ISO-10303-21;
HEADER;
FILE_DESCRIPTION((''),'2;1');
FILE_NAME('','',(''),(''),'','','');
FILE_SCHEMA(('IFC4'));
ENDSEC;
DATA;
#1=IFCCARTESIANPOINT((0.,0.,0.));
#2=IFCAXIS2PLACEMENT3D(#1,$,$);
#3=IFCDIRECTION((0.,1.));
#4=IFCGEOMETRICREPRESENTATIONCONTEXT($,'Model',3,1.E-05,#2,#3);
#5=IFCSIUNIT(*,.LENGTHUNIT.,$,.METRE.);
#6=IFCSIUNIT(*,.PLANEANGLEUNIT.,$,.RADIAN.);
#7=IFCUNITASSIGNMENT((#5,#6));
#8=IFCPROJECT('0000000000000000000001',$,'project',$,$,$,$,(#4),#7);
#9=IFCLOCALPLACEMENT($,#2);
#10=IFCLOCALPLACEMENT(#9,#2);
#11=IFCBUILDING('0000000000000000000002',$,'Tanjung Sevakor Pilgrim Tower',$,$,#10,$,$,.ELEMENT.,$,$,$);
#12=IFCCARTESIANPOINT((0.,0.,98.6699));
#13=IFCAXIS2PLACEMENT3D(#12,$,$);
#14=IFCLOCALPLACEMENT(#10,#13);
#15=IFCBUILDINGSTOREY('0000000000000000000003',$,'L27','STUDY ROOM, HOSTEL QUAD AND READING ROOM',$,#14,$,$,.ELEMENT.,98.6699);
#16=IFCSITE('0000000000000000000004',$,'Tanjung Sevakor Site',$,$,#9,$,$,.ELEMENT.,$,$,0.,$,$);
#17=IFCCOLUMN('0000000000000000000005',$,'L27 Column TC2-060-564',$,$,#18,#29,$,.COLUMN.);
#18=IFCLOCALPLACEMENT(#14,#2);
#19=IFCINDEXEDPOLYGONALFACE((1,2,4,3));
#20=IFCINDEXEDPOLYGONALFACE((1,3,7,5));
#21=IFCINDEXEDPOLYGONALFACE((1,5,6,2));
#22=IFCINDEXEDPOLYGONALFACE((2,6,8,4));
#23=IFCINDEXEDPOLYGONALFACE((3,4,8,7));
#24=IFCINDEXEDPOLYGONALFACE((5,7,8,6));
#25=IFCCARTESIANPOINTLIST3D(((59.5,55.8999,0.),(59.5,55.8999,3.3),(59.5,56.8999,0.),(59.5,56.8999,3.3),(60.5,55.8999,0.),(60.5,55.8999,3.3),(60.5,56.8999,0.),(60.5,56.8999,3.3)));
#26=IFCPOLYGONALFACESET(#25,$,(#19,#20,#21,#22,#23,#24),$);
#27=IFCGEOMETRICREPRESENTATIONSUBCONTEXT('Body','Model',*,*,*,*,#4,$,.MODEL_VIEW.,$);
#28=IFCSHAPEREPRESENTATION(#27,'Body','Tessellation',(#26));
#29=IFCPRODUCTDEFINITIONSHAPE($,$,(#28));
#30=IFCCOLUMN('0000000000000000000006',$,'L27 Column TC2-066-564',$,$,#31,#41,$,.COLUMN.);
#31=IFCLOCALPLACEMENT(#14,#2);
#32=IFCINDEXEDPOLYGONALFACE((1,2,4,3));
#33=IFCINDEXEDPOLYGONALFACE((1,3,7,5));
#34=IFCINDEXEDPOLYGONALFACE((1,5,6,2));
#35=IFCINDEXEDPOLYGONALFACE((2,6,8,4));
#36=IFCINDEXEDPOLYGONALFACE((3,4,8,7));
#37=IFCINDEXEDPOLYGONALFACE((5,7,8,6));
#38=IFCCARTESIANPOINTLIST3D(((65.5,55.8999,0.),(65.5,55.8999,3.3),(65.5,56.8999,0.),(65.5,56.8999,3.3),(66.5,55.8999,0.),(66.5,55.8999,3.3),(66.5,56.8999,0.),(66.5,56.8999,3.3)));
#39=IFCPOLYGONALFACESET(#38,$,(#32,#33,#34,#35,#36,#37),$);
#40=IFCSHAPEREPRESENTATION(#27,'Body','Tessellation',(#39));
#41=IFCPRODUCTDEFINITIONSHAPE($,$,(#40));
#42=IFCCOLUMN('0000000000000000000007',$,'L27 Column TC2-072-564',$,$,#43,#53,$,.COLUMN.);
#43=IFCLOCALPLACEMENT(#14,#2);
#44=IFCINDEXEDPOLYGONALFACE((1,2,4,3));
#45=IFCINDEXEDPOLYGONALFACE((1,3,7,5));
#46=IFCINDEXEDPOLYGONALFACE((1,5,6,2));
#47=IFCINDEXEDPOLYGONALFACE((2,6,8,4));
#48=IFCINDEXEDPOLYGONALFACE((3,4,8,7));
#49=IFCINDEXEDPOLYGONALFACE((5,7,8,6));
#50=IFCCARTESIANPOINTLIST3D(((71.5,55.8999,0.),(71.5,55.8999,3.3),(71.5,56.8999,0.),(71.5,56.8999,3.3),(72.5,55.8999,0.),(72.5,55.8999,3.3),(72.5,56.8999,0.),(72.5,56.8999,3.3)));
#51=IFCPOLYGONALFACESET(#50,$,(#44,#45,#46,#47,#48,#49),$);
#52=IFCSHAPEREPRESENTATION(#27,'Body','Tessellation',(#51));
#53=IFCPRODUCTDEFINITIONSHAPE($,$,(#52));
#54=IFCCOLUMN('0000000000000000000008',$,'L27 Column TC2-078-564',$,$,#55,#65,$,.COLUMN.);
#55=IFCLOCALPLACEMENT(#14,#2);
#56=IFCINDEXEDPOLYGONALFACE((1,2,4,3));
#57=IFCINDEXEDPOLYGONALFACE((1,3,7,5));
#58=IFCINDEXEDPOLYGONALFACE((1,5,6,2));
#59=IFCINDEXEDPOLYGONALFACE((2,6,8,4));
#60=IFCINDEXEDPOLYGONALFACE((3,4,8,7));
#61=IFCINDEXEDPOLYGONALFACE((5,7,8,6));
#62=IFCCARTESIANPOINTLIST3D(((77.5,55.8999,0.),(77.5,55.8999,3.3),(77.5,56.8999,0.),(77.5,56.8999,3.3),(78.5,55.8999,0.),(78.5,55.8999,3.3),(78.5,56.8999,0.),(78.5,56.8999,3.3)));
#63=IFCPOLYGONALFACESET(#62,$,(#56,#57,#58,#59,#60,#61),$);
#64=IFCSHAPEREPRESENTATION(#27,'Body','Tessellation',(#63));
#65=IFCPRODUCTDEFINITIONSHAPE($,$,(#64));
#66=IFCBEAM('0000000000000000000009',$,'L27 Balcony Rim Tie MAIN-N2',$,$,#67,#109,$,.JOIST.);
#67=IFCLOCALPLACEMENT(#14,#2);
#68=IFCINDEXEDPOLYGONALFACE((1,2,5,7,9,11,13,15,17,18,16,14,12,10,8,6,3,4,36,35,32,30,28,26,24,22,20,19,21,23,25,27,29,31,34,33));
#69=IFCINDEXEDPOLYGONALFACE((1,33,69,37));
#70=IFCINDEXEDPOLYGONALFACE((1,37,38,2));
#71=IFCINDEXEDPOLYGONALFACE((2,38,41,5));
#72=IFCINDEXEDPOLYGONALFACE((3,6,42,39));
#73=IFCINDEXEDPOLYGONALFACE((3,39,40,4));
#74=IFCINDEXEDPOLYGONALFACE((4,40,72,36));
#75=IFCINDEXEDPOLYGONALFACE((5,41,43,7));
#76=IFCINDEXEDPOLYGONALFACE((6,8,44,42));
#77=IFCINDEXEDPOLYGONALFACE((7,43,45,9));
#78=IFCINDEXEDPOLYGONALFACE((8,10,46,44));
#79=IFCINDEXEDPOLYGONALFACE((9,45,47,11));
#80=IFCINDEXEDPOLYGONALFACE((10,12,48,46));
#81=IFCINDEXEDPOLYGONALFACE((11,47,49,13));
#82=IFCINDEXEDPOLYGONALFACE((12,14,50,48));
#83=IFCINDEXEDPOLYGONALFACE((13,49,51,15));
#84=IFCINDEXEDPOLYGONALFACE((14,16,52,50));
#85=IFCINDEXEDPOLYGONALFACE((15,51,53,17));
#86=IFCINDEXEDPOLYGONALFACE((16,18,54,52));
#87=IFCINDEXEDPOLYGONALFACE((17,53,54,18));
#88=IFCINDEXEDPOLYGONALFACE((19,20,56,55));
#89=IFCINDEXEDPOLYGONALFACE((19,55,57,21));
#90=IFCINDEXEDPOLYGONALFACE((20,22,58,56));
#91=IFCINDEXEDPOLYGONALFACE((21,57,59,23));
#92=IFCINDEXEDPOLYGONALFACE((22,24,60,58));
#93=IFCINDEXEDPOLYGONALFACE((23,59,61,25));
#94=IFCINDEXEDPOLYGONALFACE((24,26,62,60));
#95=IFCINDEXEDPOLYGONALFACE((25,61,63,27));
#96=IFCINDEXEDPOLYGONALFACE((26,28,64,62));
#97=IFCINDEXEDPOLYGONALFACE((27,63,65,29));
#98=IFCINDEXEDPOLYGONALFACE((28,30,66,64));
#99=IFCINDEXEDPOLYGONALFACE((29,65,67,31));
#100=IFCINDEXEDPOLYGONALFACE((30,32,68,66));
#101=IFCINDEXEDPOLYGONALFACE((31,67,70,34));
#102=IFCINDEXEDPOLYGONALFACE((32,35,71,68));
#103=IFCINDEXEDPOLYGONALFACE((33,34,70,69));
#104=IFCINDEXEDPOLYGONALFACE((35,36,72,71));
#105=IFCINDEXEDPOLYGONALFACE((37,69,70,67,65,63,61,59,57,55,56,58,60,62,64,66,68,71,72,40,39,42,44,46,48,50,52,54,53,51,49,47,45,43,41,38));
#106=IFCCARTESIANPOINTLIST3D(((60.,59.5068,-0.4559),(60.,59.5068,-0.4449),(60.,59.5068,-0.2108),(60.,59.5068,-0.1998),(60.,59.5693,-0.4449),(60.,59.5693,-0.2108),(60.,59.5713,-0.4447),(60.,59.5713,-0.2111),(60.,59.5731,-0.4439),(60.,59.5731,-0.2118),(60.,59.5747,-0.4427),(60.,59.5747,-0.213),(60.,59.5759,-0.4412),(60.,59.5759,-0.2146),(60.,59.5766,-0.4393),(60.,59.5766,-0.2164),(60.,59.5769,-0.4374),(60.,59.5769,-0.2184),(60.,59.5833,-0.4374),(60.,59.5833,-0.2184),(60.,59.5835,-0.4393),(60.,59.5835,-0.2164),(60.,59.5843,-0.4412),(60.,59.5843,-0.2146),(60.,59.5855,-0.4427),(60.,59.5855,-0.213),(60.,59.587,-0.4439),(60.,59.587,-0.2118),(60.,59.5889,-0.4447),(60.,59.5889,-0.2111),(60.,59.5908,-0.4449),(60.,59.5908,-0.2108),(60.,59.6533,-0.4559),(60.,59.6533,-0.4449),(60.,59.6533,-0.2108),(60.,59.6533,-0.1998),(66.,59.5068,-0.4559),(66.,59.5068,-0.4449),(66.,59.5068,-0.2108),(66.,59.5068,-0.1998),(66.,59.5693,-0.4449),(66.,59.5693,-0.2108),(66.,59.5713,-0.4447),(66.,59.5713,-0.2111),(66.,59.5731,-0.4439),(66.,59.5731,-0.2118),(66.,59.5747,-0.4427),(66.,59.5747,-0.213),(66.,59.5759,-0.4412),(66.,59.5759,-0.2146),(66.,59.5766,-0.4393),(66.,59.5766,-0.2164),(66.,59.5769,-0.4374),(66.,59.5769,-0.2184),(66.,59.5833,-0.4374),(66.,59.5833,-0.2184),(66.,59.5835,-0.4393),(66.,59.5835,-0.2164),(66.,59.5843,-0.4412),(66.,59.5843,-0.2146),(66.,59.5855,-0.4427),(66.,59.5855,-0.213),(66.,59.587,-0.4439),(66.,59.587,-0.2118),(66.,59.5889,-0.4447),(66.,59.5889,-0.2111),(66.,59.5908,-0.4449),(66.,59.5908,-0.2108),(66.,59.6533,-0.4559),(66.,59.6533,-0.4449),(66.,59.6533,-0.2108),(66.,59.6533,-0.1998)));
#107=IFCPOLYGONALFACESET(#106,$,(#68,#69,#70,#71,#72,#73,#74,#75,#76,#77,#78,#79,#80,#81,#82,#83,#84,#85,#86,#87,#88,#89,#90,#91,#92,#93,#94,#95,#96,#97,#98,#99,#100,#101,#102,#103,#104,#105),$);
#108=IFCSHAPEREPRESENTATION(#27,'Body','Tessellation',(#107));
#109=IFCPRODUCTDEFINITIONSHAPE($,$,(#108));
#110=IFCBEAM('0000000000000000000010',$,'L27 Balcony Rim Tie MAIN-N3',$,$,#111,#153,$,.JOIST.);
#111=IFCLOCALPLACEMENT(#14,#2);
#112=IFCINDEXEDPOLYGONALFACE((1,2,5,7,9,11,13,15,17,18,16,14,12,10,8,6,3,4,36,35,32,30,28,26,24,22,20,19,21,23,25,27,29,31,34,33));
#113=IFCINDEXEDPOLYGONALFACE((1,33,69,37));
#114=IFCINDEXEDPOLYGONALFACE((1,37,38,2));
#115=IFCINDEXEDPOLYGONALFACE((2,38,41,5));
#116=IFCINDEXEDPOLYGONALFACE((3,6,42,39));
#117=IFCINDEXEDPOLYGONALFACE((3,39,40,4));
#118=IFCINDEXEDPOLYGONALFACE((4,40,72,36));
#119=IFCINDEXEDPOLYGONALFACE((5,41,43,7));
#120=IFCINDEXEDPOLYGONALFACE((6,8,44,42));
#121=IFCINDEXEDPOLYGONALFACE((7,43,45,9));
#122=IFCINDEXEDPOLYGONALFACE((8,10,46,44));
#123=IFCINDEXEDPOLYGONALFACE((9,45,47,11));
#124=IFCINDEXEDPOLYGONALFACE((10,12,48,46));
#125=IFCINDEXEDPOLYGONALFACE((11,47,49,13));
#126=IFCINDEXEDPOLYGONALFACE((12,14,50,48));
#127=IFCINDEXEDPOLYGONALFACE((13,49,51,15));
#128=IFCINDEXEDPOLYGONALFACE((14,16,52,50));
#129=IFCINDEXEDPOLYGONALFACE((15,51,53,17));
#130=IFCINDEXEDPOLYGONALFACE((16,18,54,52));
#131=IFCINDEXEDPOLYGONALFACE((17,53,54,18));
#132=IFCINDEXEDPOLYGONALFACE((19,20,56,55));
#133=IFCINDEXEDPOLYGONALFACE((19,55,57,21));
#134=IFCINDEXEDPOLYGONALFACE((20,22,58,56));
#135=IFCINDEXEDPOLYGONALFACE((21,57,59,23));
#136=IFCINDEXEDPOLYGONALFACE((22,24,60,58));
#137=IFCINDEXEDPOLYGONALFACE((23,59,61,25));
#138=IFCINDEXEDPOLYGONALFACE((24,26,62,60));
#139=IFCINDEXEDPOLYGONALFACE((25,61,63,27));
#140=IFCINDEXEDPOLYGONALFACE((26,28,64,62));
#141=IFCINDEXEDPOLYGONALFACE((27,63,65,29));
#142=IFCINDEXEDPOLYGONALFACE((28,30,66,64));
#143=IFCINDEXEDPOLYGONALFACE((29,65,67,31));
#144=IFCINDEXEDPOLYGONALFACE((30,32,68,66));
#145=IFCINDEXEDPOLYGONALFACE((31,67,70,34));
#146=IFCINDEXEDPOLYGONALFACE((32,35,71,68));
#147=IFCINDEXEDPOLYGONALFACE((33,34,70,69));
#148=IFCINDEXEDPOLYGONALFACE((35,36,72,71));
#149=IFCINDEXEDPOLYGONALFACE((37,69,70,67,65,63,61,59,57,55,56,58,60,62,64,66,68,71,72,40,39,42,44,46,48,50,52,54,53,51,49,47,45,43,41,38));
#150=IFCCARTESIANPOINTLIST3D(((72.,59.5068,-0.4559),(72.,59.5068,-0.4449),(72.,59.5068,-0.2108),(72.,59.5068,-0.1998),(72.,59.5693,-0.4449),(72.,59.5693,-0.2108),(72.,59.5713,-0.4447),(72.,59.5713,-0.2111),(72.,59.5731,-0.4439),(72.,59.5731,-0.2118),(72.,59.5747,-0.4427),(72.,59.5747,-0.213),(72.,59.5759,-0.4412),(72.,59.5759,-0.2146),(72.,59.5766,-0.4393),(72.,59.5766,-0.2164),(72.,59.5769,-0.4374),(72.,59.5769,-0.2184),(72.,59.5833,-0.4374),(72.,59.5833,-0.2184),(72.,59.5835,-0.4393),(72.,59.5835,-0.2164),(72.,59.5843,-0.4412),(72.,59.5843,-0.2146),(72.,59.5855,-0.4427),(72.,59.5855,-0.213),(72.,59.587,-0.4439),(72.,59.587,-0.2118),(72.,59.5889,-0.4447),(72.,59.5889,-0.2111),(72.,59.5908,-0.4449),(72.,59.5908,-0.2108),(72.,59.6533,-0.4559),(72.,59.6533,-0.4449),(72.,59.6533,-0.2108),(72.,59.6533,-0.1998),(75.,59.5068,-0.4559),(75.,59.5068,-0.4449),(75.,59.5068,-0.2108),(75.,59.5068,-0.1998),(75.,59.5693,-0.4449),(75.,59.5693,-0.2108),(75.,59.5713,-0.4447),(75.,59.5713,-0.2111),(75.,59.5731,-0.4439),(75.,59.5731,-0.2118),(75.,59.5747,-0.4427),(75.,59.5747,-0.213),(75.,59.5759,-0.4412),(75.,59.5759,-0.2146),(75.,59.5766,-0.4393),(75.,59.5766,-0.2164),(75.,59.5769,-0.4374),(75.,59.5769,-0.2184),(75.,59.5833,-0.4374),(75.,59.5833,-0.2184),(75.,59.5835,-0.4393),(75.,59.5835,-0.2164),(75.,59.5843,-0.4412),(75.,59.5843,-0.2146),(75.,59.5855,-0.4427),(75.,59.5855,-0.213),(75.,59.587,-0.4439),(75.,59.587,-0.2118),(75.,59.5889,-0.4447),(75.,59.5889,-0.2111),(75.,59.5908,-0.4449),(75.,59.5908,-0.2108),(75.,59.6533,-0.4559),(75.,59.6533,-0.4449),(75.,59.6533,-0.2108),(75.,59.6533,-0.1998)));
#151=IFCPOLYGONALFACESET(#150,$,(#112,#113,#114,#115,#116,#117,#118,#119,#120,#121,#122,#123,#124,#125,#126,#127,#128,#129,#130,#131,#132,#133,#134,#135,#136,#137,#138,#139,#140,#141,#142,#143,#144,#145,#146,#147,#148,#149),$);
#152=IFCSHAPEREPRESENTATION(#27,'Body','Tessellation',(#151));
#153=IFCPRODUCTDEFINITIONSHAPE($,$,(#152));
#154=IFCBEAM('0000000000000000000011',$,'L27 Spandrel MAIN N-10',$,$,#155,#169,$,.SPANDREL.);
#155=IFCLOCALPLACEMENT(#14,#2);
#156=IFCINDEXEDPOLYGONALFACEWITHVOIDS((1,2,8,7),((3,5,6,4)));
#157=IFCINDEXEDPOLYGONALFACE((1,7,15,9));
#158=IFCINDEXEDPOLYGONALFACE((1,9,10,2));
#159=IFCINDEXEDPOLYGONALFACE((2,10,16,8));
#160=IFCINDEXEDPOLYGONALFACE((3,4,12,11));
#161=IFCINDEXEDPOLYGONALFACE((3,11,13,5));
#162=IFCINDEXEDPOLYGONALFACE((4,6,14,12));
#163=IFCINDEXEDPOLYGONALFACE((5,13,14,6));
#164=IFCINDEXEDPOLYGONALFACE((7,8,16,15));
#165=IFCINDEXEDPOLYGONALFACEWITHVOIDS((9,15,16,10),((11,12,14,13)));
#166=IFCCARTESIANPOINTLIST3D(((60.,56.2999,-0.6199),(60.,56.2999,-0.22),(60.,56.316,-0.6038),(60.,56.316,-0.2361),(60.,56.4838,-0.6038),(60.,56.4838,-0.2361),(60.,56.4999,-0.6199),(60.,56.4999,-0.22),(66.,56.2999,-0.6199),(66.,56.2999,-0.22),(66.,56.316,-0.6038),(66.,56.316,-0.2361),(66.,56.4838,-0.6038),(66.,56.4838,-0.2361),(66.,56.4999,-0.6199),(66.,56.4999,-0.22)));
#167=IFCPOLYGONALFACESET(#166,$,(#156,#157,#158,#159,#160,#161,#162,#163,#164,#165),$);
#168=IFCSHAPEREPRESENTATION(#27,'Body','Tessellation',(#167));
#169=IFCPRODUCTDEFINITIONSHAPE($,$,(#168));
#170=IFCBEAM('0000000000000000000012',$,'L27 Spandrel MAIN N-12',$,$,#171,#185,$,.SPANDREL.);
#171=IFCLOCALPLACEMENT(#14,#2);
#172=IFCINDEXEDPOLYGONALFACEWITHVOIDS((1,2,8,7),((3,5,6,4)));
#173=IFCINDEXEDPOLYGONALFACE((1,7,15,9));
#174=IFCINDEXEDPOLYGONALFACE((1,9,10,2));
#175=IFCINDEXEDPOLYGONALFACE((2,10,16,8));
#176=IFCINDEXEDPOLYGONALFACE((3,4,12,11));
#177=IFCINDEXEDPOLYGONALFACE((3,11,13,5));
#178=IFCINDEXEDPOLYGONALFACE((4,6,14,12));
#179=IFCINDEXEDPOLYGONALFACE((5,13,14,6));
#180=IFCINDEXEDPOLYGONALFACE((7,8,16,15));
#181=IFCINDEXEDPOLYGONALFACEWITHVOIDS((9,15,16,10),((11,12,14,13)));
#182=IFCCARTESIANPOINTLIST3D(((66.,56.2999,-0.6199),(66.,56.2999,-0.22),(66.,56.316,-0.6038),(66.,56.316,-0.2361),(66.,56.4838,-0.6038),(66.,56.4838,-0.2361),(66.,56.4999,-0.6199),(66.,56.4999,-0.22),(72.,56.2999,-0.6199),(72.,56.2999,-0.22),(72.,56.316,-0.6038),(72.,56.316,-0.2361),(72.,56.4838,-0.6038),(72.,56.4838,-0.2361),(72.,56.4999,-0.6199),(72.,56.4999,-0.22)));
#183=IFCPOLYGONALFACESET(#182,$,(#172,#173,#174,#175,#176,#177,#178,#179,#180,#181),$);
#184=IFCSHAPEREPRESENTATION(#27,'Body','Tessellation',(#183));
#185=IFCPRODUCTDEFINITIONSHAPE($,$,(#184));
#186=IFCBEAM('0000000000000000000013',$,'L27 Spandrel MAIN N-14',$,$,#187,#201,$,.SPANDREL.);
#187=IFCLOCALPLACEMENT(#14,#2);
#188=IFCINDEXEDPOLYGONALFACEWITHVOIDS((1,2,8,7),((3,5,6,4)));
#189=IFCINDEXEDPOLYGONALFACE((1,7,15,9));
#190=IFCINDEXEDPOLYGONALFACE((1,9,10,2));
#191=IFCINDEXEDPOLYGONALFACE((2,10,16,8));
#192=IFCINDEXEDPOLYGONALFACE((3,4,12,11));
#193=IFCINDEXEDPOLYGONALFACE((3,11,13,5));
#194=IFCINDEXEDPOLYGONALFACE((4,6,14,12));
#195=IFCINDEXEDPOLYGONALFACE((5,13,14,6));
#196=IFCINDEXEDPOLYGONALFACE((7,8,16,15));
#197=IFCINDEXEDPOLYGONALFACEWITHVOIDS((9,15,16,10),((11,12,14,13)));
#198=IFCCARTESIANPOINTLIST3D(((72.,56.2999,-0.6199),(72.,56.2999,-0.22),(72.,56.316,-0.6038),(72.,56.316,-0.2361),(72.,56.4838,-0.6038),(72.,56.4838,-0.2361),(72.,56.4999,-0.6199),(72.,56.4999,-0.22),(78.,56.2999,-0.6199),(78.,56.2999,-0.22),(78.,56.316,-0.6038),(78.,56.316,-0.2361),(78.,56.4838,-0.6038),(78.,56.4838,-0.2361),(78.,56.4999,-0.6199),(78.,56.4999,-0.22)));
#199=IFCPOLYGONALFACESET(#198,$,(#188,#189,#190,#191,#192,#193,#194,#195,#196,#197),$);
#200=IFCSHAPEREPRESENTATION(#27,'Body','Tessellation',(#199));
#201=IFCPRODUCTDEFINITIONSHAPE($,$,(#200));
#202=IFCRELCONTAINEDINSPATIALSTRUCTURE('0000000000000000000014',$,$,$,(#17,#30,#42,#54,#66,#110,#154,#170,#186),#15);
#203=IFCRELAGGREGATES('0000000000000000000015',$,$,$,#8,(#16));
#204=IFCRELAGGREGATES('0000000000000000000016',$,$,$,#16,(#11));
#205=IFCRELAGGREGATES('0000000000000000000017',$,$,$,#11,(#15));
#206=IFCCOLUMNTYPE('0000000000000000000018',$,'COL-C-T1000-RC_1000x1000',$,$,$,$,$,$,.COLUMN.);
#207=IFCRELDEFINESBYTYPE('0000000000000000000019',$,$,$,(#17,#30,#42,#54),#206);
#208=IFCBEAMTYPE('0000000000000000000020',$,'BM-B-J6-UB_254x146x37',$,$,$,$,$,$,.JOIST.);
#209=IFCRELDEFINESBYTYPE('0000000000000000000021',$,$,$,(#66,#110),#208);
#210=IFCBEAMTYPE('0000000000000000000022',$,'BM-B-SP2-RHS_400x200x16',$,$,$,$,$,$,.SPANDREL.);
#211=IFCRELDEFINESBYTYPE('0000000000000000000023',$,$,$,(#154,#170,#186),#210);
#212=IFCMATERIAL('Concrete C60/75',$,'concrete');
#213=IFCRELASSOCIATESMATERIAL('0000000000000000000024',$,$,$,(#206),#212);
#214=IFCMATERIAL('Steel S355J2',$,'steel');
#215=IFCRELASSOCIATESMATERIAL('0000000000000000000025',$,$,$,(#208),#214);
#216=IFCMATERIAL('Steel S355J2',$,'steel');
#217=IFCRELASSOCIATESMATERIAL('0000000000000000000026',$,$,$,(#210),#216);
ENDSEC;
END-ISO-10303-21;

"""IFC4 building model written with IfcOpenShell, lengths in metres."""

from ifc_helpers import new_model, si_unit, direction, frame, origin, origin_2d, place, context, subcontext, project, spatial, rectangle, hollow_rectangle, i_section, extrude, material, material_profile, profile_set, type_object, element, save


model = new_model("IFC4")

# Units and contexts
model_context = context("Model", 3, precision=1e-05, world=origin(), true_north=direction((0.0, 1.0)))
body_context = subcontext(model_context, "Body", "Model", "MODEL_VIEW")
ifc_project = project(units=[si_unit("LENGTHUNIT", "METRE"), si_unit("PLANEANGLEUNIT", "RADIAN")], contexts=[model_context])

# Site, building, storey
site_placement = place(None, origin())
site = spatial("IfcSite", under=ifc_project, at=site_placement, Name="Tanjung Sevakor Site", CompositionType="ELEMENT", RefElevation=0.0)
building_placement = place(site_placement, origin())
building = spatial("IfcBuilding", under=site, at=building_placement, Name="Tanjung Sevakor Pilgrim Tower", CompositionType="ELEMENT")
storey_placement = place(building_placement, frame((0.0, 0.0, 98.6699)))
storey = spatial("IfcBuildingStorey", under=building, at=storey_placement, Name="L27", Description="STUDY ROOM, HOSTEL QUAD AND READING ROOM", CompositionType="ELEMENT", Elevation=98.6699)

# Columns
ifc_material_1 = material(Name="Concrete C60/75", Category="concrete")
ifc_material_profile_1 = material_profile(ifc_material_1, rectangle(XDim=1.0, YDim=1.0, at=origin_2d()))
ifc_profile_set_1 = profile_set([ifc_material_profile_1], Name="Concrete C60/75")
column_type = type_object("IfcColumnType", Name="COL-C-T1000-RC_1000x1000", PredefinedType="COLUMN", material=ifc_profile_set_1)
for number, where, z_axis, x_axis, name in (
    (1, (60.0, 56.3999, 0.0), (0.0, 0.0, 1.0), (1.0, 0.0, 0.0), "L27 Column TC2-060-564"),
    (2, (66.0, 56.3999, 0.0), (0.0, 0.0, 1.0), (1.0, 0.0, 0.0), "L27 Column TC2-066-564"),
    (3, (72.0, 56.3999, 0.0), (0.0, 0.0, 1.0), (1.0, 0.0, 0.0), "L27 Column TC2-072-564"),
    (4, (78.0, 56.3999, 0.0), (0.0, 0.0, 1.0), (1.0, 0.0, 0.0), "L27 Column TC2-078-564"),
):
    element("IfcColumn", number, at=place(storey_placement, frame(where, z_axis=z_axis, x_axis=x_axis)), inside=storey, type_object=column_type, Name=name, PredefinedType="COLUMN", context=body_context, shape_type="SweptSolid", body=[
        extrude(rectangle(XDim=1.0, YDim=1.0, at=origin_2d()), origin(), (0.0, 0.0, 1.0), 3.3),
    ])

# Beams
ifc_material_2 = material(Name="Steel S355J2", Category="steel")
ifc_material_profile_2 = material_profile(ifc_material_2, i_section(OverallWidth=0.1465, OverallDepth=0.2561, WebThickness=0.0063, FlangeThickness=0.011, FilletRadius=0.0076, at=origin_2d()))
ifc_profile_set_2 = profile_set([ifc_material_profile_2], Name="Steel S355J2")
beam_type_1 = type_object("IfcBeamType", Name="BM-B-J6-UB_254x146x37", PredefinedType="JOIST", material=ifc_profile_set_2)
beam_1_placement = place(storey_placement, frame((60.0, 59.5801, -0.3279), z_axis=(1.0, 0.0, 0.0), x_axis=(0.0, 1.0, 0.0)))
element("IfcBeam", 5, at=beam_1_placement, inside=storey, type_object=beam_type_1, Name="L27 Balcony Rim Tie MAIN-N2", PredefinedType="JOIST", context=body_context, shape_type="SweptSolid", body=[
    extrude(i_section(OverallWidth=0.1465, OverallDepth=0.2561, WebThickness=0.0063, FlangeThickness=0.011, FilletRadius=0.0076, at=origin_2d()), origin(), (0.0, 0.0, 1.0), 6.0),
])
beam_2_placement = place(storey_placement, frame((72.0, 59.5801, -0.3279), z_axis=(1.0, 0.0, 0.0), x_axis=(0.0, 1.0, 0.0)))
element("IfcBeam", 6, at=beam_2_placement, inside=storey, type_object=beam_type_1, Name="L27 Balcony Rim Tie MAIN-N3", PredefinedType="JOIST", context=body_context, shape_type="SweptSolid", body=[
    extrude(i_section(OverallWidth=0.1465, OverallDepth=0.2561, WebThickness=0.0063, FlangeThickness=0.011, FilletRadius=0.0076, at=origin_2d()), origin(), (0.0, 0.0, 1.0), 3.0),
])
ifc_material_3 = material(Name="Steel S355J2", Category="steel")
ifc_material_profile_3 = material_profile(ifc_material_3, hollow_rectangle(XDim=0.2, YDim=0.3999, WallThickness=0.0161, at=origin_2d()))
ifc_profile_set_3 = profile_set([ifc_material_profile_3], Name="Steel S355J2")
beam_type_2 = type_object("IfcBeamType", Name="BM-B-SP2-RHS_400x200x16", PredefinedType="SPANDREL", material=ifc_profile_set_3)
for number, where, z_axis, x_axis, name in (
    (7, (60.0, 56.3999, -0.4199), (1.0, 0.0, 0.0), (0.0, 1.0, 0.0), "L27 Spandrel MAIN N-10"),
    (8, (66.0, 56.3999, -0.4199), (1.0, 0.0, 0.0), (0.0, 1.0, 0.0), "L27 Spandrel MAIN N-12"),
    (9, (72.0, 56.3999, -0.4199), (1.0, 0.0, 0.0), (0.0, 1.0, 0.0), "L27 Spandrel MAIN N-14"),
):
    element("IfcBeam", number, at=place(storey_placement, frame(where, z_axis=z_axis, x_axis=x_axis)), inside=storey, type_object=beam_type_2, Name=name, PredefinedType="SPANDREL", context=body_context, shape_type="SweptSolid", body=[
        extrude(hollow_rectangle(XDim=0.2, YDim=0.3999, WallThickness=0.0161, at=origin_2d()), origin(), (0.0, 0.0, 1.0), 6.0),
    ])

save(model, "model.ifc")
